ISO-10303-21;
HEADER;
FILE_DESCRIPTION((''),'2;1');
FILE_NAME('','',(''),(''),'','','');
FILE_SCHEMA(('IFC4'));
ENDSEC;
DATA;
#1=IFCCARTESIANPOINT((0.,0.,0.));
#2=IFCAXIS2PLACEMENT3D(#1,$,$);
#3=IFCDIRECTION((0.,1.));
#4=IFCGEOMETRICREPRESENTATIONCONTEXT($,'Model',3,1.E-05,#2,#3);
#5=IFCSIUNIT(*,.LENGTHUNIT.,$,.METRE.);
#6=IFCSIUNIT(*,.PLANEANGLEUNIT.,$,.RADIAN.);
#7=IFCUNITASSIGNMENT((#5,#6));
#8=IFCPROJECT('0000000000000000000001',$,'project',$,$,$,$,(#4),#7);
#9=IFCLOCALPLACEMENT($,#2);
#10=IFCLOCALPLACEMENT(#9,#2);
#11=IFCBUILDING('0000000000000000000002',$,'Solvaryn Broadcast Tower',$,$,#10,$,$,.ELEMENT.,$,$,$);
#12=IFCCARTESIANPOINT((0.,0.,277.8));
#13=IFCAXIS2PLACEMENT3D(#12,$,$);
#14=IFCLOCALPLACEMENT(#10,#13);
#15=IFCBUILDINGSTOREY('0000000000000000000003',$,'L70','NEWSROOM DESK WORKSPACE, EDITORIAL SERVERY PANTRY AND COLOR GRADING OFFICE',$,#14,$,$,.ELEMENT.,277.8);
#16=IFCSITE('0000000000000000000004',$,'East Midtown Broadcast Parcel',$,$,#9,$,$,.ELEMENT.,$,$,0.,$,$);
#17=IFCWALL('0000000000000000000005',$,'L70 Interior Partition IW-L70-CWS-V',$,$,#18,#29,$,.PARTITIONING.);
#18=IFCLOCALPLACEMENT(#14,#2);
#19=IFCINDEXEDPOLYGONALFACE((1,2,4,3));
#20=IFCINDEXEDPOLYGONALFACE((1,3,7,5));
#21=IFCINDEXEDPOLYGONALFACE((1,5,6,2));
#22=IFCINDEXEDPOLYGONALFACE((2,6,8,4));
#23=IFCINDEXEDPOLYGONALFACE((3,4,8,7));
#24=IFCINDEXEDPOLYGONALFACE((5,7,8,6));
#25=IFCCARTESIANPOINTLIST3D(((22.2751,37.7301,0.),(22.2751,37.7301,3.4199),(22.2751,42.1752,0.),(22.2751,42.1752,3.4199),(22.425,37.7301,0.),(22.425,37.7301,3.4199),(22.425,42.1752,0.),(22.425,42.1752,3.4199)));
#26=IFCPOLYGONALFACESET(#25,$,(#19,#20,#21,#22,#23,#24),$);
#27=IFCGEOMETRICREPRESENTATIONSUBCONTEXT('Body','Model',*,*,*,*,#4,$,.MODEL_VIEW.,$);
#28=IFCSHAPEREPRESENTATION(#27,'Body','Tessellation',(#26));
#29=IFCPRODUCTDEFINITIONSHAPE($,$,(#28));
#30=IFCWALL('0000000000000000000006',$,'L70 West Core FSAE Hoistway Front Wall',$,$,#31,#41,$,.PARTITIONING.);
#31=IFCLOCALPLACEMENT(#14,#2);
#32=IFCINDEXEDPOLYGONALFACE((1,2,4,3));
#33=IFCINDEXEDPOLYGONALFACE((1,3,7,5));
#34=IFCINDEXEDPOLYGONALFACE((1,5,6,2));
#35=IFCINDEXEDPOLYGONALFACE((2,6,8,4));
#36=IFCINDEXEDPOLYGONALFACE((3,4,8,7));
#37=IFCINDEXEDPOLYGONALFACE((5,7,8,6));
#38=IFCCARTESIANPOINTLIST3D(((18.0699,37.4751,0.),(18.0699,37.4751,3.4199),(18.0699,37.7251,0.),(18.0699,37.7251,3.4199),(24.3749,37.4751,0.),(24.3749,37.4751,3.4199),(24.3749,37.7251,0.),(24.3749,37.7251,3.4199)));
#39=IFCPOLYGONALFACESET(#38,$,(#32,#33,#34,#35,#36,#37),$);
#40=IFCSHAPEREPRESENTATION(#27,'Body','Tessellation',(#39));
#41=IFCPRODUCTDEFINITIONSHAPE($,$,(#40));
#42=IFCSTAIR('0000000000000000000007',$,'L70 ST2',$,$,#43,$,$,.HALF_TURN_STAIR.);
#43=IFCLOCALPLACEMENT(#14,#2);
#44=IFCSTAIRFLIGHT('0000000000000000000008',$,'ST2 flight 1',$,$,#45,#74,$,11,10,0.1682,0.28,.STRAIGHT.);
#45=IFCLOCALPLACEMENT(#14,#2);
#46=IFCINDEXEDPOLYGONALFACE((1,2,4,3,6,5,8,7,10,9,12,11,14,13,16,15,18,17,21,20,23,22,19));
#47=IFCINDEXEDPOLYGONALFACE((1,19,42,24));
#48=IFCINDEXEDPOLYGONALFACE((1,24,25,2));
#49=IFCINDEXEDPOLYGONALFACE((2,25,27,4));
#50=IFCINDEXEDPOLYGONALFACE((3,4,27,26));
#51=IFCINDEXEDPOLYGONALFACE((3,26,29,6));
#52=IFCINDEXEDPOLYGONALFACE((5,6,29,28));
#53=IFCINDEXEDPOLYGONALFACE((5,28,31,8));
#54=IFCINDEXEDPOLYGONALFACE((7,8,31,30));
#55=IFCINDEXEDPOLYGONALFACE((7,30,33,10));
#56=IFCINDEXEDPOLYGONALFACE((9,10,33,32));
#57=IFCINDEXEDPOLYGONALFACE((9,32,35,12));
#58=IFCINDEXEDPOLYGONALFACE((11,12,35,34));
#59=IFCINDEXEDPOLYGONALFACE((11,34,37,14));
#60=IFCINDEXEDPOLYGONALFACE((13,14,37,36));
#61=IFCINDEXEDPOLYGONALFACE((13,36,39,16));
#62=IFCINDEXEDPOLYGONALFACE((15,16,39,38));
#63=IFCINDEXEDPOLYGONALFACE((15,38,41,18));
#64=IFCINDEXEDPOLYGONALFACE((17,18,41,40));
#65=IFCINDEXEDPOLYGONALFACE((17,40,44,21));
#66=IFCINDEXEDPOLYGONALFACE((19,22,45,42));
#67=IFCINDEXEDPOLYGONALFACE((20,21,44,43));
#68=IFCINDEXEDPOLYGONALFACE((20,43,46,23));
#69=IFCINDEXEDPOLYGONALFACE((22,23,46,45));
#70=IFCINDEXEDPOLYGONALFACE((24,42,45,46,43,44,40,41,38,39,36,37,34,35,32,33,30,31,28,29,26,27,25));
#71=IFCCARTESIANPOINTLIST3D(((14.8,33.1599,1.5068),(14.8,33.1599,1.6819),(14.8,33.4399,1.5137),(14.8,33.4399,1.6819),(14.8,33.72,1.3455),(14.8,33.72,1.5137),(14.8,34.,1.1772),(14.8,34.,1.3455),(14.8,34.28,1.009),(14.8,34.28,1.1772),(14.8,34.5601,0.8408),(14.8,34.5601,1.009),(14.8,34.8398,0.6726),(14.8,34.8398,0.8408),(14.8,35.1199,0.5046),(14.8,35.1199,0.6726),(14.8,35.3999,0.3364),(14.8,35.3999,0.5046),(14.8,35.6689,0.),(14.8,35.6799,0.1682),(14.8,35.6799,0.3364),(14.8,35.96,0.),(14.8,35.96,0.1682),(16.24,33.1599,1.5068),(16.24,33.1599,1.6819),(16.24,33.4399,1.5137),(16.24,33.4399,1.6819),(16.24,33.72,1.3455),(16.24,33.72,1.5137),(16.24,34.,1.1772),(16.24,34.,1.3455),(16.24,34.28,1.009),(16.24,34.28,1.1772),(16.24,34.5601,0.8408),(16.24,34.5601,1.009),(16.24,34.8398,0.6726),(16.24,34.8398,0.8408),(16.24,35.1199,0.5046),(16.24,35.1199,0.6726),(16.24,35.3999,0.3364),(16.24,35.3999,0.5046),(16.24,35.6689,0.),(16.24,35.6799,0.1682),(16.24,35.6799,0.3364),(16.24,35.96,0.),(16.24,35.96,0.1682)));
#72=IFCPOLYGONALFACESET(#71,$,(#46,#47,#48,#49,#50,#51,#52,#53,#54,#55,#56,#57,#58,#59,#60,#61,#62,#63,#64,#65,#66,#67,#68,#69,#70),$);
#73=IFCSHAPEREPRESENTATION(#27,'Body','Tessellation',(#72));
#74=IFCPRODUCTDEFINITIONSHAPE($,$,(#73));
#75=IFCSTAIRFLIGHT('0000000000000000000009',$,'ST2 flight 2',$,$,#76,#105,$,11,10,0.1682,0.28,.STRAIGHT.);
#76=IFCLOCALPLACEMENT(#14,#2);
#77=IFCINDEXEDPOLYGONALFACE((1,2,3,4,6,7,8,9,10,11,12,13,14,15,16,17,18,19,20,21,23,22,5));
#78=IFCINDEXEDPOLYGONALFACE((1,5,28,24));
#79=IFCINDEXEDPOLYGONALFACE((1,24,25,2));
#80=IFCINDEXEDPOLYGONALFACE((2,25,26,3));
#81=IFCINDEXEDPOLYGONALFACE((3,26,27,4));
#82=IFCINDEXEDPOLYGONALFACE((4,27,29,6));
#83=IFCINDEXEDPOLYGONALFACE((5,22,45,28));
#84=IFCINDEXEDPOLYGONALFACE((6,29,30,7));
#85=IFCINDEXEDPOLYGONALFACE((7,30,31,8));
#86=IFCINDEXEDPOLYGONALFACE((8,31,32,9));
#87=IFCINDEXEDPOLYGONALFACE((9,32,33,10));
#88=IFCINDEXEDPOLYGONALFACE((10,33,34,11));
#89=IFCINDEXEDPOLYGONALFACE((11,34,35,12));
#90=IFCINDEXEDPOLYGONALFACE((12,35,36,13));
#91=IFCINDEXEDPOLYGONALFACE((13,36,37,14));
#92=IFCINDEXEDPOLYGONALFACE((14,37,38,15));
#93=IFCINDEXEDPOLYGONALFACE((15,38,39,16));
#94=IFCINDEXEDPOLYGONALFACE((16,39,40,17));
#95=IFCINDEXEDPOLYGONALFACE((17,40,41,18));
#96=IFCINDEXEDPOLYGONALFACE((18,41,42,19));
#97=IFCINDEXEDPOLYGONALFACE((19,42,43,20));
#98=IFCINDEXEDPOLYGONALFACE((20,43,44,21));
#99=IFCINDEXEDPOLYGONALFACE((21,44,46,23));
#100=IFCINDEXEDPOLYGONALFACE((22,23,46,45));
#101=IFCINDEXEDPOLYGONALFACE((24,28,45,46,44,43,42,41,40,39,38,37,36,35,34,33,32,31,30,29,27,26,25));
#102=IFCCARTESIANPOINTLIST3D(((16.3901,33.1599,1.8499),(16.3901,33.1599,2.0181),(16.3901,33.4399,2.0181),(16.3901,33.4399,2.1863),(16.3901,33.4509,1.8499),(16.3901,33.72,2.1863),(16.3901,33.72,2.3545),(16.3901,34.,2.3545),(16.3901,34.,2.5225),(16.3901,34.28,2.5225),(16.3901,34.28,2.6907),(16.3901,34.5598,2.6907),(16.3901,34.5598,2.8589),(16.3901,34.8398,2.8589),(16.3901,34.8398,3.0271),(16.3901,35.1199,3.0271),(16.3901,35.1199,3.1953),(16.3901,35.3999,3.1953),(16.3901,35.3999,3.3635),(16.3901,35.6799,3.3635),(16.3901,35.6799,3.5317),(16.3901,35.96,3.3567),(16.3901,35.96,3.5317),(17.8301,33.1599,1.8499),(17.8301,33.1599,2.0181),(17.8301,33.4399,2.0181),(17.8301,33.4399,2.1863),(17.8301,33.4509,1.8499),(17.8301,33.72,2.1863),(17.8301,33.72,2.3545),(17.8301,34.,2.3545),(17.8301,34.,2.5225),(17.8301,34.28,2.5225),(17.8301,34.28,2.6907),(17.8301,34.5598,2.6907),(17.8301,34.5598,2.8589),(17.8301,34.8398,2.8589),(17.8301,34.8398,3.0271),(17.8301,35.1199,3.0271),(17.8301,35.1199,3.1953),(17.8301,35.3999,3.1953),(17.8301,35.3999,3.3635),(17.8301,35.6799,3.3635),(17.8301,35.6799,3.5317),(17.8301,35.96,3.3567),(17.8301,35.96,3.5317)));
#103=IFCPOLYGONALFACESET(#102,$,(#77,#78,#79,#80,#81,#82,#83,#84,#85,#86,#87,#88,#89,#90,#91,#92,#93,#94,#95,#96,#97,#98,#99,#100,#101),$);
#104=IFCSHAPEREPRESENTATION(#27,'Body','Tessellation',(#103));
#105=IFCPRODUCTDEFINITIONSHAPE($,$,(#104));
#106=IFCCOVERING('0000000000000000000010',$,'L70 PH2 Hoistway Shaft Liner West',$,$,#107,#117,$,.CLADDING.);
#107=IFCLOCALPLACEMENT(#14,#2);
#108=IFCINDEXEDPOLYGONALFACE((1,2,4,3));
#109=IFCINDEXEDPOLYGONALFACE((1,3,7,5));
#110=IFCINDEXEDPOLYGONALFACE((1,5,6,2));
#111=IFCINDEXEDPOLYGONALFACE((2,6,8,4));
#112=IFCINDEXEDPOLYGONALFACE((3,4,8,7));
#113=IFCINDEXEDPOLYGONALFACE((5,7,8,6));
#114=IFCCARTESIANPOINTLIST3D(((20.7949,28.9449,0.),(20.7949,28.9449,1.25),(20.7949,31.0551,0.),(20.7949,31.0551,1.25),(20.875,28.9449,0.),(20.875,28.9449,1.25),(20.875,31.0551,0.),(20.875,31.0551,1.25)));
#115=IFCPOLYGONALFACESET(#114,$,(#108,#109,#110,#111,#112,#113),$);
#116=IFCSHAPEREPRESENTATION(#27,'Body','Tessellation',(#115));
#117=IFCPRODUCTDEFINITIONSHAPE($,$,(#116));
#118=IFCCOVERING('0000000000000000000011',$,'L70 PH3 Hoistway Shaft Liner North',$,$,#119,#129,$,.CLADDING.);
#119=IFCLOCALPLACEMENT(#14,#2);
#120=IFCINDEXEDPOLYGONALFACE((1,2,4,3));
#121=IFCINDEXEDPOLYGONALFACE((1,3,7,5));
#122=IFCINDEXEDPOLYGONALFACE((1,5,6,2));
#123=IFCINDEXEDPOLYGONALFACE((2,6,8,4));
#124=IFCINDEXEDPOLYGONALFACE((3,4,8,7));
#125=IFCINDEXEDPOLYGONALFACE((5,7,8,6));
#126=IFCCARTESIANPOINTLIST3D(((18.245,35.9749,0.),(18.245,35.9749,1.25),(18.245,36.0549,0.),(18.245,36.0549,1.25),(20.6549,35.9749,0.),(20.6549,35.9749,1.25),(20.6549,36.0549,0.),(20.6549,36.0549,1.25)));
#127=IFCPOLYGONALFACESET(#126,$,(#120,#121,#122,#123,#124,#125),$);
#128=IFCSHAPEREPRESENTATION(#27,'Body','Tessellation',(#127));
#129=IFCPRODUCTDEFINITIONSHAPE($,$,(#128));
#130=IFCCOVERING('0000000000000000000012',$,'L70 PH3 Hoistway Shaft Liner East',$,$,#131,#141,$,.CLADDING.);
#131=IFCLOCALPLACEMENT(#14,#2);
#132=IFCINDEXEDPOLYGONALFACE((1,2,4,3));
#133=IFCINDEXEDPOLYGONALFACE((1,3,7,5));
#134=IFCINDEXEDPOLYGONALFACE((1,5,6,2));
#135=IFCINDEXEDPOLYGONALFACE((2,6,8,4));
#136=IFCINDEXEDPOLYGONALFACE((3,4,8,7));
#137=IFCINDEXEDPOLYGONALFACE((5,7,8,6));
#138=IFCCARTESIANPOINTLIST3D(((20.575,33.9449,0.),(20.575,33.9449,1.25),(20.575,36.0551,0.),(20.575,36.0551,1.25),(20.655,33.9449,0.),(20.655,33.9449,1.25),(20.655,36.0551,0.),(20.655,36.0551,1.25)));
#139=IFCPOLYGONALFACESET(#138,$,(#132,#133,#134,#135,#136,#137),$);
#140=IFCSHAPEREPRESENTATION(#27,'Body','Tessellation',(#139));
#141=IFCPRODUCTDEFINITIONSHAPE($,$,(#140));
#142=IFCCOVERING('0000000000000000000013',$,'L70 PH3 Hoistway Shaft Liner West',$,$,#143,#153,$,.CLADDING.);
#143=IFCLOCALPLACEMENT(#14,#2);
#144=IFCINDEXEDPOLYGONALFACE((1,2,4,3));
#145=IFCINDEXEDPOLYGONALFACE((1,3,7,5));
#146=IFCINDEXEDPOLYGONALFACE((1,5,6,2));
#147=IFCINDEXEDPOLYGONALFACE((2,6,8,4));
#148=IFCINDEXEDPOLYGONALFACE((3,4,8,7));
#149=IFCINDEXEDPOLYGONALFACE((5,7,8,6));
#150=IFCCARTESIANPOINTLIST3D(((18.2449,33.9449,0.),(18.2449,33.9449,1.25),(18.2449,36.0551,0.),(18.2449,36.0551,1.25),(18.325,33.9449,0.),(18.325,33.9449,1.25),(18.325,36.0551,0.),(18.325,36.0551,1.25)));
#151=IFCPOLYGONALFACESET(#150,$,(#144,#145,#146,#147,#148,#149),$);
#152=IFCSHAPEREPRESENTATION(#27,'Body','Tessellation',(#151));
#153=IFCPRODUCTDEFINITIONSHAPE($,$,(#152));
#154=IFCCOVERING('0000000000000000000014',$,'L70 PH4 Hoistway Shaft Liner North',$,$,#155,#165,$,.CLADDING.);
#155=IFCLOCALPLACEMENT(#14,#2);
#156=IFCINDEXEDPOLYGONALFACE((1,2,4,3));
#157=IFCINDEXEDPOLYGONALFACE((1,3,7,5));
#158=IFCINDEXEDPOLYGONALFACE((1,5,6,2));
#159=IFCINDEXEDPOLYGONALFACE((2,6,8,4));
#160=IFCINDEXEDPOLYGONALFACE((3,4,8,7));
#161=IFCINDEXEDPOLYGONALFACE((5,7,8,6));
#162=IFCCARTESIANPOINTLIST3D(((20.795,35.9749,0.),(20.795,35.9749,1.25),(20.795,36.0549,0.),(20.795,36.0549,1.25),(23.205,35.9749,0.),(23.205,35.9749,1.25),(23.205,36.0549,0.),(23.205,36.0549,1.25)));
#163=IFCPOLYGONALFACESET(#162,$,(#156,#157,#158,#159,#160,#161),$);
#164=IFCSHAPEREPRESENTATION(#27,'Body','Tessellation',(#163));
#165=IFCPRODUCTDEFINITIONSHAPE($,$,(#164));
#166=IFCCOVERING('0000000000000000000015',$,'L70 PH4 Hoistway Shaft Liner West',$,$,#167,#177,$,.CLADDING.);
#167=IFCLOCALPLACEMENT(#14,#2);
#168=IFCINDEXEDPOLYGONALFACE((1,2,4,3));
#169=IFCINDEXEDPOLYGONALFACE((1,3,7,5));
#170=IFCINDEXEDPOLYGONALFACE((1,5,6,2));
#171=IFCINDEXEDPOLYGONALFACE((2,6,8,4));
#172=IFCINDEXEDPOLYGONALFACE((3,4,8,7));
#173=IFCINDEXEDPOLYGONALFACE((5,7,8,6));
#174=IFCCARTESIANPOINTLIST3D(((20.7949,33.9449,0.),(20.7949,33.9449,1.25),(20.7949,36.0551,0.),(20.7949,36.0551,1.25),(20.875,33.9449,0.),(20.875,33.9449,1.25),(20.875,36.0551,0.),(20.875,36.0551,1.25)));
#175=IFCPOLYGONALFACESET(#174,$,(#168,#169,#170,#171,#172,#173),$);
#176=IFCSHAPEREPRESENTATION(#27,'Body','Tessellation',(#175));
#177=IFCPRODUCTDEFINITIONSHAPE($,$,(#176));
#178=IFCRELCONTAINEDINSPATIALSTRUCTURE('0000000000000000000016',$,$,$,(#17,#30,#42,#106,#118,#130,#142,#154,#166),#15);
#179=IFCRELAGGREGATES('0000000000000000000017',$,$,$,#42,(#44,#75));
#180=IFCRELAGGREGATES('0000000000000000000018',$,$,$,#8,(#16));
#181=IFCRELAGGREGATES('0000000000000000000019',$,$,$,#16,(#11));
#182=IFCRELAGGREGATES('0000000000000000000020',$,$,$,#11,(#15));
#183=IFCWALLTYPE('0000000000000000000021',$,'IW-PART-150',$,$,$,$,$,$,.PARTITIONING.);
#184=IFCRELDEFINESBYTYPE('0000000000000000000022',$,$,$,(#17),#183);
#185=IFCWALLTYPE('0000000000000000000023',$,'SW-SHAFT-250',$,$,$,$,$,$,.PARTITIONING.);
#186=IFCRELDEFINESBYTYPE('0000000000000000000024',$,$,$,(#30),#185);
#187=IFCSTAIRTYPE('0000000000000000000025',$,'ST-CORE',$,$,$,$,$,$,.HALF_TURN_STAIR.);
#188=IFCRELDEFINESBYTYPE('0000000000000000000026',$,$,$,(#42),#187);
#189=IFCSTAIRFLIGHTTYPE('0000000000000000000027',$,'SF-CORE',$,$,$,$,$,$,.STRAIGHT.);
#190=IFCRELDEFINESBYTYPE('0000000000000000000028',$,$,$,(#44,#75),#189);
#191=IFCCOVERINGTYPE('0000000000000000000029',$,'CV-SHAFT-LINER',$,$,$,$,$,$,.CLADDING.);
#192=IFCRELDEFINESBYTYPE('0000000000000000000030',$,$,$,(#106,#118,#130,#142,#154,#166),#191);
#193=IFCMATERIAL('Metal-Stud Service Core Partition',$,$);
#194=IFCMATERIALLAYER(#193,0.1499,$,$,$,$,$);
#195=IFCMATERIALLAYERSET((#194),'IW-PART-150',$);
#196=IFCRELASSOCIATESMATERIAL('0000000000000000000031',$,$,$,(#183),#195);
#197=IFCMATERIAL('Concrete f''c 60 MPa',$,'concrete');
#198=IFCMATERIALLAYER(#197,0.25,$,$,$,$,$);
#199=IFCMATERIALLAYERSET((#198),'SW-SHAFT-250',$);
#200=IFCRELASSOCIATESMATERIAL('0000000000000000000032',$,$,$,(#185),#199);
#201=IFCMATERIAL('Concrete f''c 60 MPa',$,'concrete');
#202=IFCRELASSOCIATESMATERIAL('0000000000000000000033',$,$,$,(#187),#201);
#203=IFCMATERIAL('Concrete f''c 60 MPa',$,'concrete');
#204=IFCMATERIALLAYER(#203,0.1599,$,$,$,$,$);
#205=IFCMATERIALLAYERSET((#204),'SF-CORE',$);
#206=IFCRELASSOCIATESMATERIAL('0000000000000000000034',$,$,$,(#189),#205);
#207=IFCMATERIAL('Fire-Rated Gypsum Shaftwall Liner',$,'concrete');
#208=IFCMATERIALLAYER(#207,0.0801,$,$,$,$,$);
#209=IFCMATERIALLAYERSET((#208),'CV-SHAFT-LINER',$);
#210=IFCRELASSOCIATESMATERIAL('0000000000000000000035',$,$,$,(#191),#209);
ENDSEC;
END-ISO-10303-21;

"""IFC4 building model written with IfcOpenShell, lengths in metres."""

from ifc_helpers import new_model, si_unit, direction, frame, frame_2d, origin, origin_2d, place, context, subcontext, project, spatial, polyline, rectangle, outline, extrude, material, layer, layer_set, type_object, element, aggregate, save


model = new_model("IFC4")

# Units and contexts
model_context = context("Model", 3, precision=1e-05, world=origin(), true_north=direction((0.0, 1.0)))
body_context = subcontext(model_context, "Body", "Model", "MODEL_VIEW")
ifc_project = project(units=[si_unit("LENGTHUNIT", "METRE"), si_unit("PLANEANGLEUNIT", "RADIAN")], contexts=[model_context])

# Site, building, storey
site_placement = place(None, origin())
site = spatial("IfcSite", under=ifc_project, at=site_placement, Name="East Midtown Broadcast Parcel", CompositionType="ELEMENT", RefElevation=0.0)
building_placement = place(site_placement, origin())
building = spatial("IfcBuilding", under=site, at=building_placement, Name="Solvaryn Broadcast Tower", CompositionType="ELEMENT")
storey_placement = place(building_placement, frame((0.0, 0.0, 277.8)))
storey = spatial("IfcBuildingStorey", under=building, at=storey_placement, Name="L70", Description="NEWSROOM DESK WORKSPACE, EDITORIAL SERVERY PANTRY AND COLOR GRADING OFFICE", CompositionType="ELEMENT", Elevation=277.8)

# Walls
ifc_material_1 = material(Name="Metal-Stud Service Core Partition")
ifc_layer_1 = layer(ifc_material_1, 0.1499)
ifc_layer_set_1 = layer_set([ifc_layer_1], Name="IW-PART-150")
wall_type_1 = type_object("IfcWallType", Name="IW-PART-150", PredefinedType="PARTITIONING", material=ifc_layer_set_1)
wall_1_placement = place(storey_placement, frame((22.3501, 37.73, 0.0), z_axis=(0.0, 0.0, 1.0), x_axis=(0.0, 1.0, 0.0)))
element("IfcWall", 1, at=wall_1_placement, inside=storey, type_object=wall_type_1, Name="L70 Interior Partition IW-L70-CWS-V", PredefinedType="PARTITIONING", context=body_context, shape_type="SweptSolid", body=[
    extrude(rectangle(XDim=4.4451, YDim=0.1499, at=frame_2d((2.2227, 0.0))), origin(), (0.0, 0.0, 1.0), 3.4199),
])
ifc_material_2 = material(Name="Concrete f'c 60 MPa", Category="concrete")
ifc_layer_2 = layer(ifc_material_2, 0.25)
ifc_layer_set_2 = layer_set([ifc_layer_2], Name="SW-SHAFT-250")
wall_type_2 = type_object("IfcWallType", Name="SW-SHAFT-250", PredefinedType="PARTITIONING", material=ifc_layer_set_2)
wall_2_placement = place(storey_placement, frame((18.0701, 37.6001, 0.0), z_axis=(0.0, 0.0, 1.0), x_axis=(1.0, 0.0, 0.0)))
element("IfcWall", 2, at=wall_2_placement, inside=storey, type_object=wall_type_2, Name="L70 West Core FSAE Hoistway Front Wall", PredefinedType="PARTITIONING", context=body_context, shape_type="SweptSolid", body=[
    extrude(rectangle(XDim=6.3049, YDim=0.25, at=frame_2d((3.1523, 0.0))), origin(), (0.0, 0.0, 1.0), 3.4199),
])

# Stair, stair flights
ifc_material_3 = material(Name="Concrete f'c 60 MPa", Category="concrete")
stair_type = type_object("IfcStairType", Name="ST-CORE", PredefinedType="HALF_TURN_STAIR", material=ifc_material_3)
stair_placement = place(storey_placement, origin())
stair = element("IfcStair", 3, at=stair_placement, inside=storey, type_object=stair_type, Name="L70 ST2", PredefinedType="HALF_TURN_STAIR")
ifc_material_4 = material(Name="Concrete f'c 60 MPa", Category="concrete")
ifc_layer_3 = layer(ifc_material_4, 0.1599)
ifc_layer_set_3 = layer_set([ifc_layer_3], Name="SF-CORE")
stair_flight_type = type_object("IfcStairFlightType", Name="SF-CORE", PredefinedType="STRAIGHT", material=ifc_layer_set_3)
stair_flight_1_placement = place(storey_placement, frame((15.52, 35.96, 0.0), z_axis=(0.0, 0.0, 1.0), x_axis=(0.0, -1.0, 0.0)))
stair_flight_1 = element("IfcStairFlight", 4, at=stair_flight_1_placement, type_object=stair_flight_type, Name="ST2 flight 1", NumberOfRisers=11, NumberOfTreads=10, PredefinedType="STRAIGHT", RiserHeight=0.1682, TreadLength=0.28, context=body_context, shape_type="SweptSolid", body=[
    extrude(outline(polyline([(0.0, 0.0), (0.0, 0.1682), (0.28, 0.1682), (0.28, 0.3364), (0.5601, 0.3364), (0.5601, 0.5046), (0.8401, 0.5046), (0.8401, 0.6726), (1.1201, 0.6726), (1.1201, 0.8408), (1.3999, 0.8408), (1.3999, 1.009), (1.6799, 1.009), (1.6799, 1.1772), (1.96, 1.1772), (1.96, 1.3455), (2.24, 1.3455), (2.24, 1.5137), (2.52, 1.5137), (2.52, 1.6819), (2.8, 1.6819), (2.8, 1.8501), (2.8, 1.5068), (0.291, 0.0), (0.0, 0.0)])), frame((0.0, 0.72, 0.0), z_axis=(0.0, -1.0, 0.0), x_axis=(1.0, 0.0, 0.0)), (0.0, 0.0, 1.0), 1.4399),
])
stair_flight_2_placement = place(storey_placement, frame((17.1101, 33.1599, 1.8499), z_axis=(0.0, 0.0, 1.0), x_axis=(0.0, 1.0, 0.0)))
stair_flight_2 = element("IfcStairFlight", 5, at=stair_flight_2_placement, type_object=stair_flight_type, Name="ST2 flight 2", NumberOfRisers=11, NumberOfTreads=10, PredefinedType="STRAIGHT", RiserHeight=0.1682, TreadLength=0.28, context=body_context, shape_type="SweptSolid", body=[
    extrude(outline(polyline([(0.0, 0.0), (0.0, 0.1682), (0.28, 0.1682), (0.28, 0.3364), (0.5601, 0.3364), (0.5601, 0.5046), (0.8401, 0.5046), (0.8401, 0.6726), (1.1201, 0.6726), (1.1201, 0.8408), (1.3999, 0.8408), (1.3999, 1.009), (1.6799, 1.009), (1.6799, 1.1772), (1.96, 1.1772), (1.96, 1.3455), (2.24, 1.3455), (2.24, 1.5137), (2.52, 1.5137), (2.52, 1.6819), (2.8, 1.6819), (2.8, 1.8501), (2.8, 1.5068), (0.291, 0.0), (0.0, 0.0)])), frame((0.0, 0.72, 0.0), z_axis=(0.0, -1.0, 0.0), x_axis=(1.0, 0.0, 0.0)), (0.0, 0.0, 1.0), 1.4399),
])
aggregate(stair, [stair_flight_1, stair_flight_2])

# Coverings
ifc_material_5 = material(Name="Fire-Rated Gypsum Shaftwall Liner", Category="concrete")
ifc_layer_4 = layer(ifc_material_5, 0.0801)
ifc_layer_set_4 = layer_set([ifc_layer_4], Name="CV-SHAFT-LINER")
covering_type = type_object("IfcCoveringType", Name="CV-SHAFT-LINER", PredefinedType="CLADDING", material=ifc_layer_set_4)
covering_1_placement = place(storey_placement, frame((20.835, 30.0, 0.0), z_axis=(0.0, 0.0, 1.0), x_axis=(1.0, 0.0, 0.0)))
element("IfcCovering", 6, at=covering_1_placement, inside=storey, type_object=covering_type, Name="L70 PH2 Hoistway Shaft Liner West", PredefinedType="CLADDING", context=body_context, shape_type="SweptSolid", body=[
    extrude(rectangle(XDim=0.0801, YDim=2.1101, at=origin_2d()), origin(), (0.0, 0.0, 1.0), 1.25),
])
covering_2_placement = place(storey_placement, frame((19.45, 36.0149, 0.0), z_axis=(0.0, 0.0, 1.0), x_axis=(1.0, 0.0, 0.0)))
element("IfcCovering", 7, at=covering_2_placement, inside=storey, type_object=covering_type, Name="L70 PH3 Hoistway Shaft Liner North", PredefinedType="CLADDING", context=body_context, shape_type="SweptSolid", body=[
    extrude(rectangle(XDim=2.4099, YDim=0.0801, at=origin_2d()), origin(), (0.0, 0.0, 1.0), 1.25),
])
for number, where, z_axis, x_axis, name in (
    (8, (20.615, 35.0, 0.0), (0.0, 0.0, 1.0), (1.0, 0.0, 0.0), "L70 PH3 Hoistway Shaft Liner East"),
    (9, (18.2849, 35.0, 0.0), (0.0, 0.0, 1.0), (1.0, 0.0, 0.0), "L70 PH3 Hoistway Shaft Liner West"),
):
    element("IfcCovering", number, at=place(storey_placement, frame(where, z_axis=z_axis, x_axis=x_axis)), inside=storey, type_object=covering_type, Name=name, PredefinedType="CLADDING", context=body_context, shape_type="SweptSolid", body=[
        extrude(rectangle(XDim=0.0801, YDim=2.1101, at=origin_2d()), origin(), (0.0, 0.0, 1.0), 1.25),
    ])
covering_3_placement = place(storey_placement, frame((22.0, 36.0149, 0.0), z_axis=(0.0, 0.0, 1.0), x_axis=(1.0, 0.0, 0.0)))
element("IfcCovering", 10, at=covering_3_placement, inside=storey, type_object=covering_type, Name="L70 PH4 Hoistway Shaft Liner North", PredefinedType="CLADDING", context=body_context, shape_type="SweptSolid", body=[
    extrude(rectangle(XDim=2.4099, YDim=0.0801, at=origin_2d()), origin(), (0.0, 0.0, 1.0), 1.25),
])
covering_4_placement = place(storey_placement, frame((20.835, 35.0, 0.0), z_axis=(0.0, 0.0, 1.0), x_axis=(1.0, 0.0, 0.0)))
element("IfcCovering", 11, at=covering_4_placement, inside=storey, type_object=covering_type, Name="L70 PH4 Hoistway Shaft Liner West", PredefinedType="CLADDING", context=body_context, shape_type="SweptSolid", body=[
    extrude(rectangle(XDim=0.0801, YDim=2.1101, at=origin_2d()), origin(), (0.0, 0.0, 1.0), 1.25),
])

save(model, "model.ifc")
